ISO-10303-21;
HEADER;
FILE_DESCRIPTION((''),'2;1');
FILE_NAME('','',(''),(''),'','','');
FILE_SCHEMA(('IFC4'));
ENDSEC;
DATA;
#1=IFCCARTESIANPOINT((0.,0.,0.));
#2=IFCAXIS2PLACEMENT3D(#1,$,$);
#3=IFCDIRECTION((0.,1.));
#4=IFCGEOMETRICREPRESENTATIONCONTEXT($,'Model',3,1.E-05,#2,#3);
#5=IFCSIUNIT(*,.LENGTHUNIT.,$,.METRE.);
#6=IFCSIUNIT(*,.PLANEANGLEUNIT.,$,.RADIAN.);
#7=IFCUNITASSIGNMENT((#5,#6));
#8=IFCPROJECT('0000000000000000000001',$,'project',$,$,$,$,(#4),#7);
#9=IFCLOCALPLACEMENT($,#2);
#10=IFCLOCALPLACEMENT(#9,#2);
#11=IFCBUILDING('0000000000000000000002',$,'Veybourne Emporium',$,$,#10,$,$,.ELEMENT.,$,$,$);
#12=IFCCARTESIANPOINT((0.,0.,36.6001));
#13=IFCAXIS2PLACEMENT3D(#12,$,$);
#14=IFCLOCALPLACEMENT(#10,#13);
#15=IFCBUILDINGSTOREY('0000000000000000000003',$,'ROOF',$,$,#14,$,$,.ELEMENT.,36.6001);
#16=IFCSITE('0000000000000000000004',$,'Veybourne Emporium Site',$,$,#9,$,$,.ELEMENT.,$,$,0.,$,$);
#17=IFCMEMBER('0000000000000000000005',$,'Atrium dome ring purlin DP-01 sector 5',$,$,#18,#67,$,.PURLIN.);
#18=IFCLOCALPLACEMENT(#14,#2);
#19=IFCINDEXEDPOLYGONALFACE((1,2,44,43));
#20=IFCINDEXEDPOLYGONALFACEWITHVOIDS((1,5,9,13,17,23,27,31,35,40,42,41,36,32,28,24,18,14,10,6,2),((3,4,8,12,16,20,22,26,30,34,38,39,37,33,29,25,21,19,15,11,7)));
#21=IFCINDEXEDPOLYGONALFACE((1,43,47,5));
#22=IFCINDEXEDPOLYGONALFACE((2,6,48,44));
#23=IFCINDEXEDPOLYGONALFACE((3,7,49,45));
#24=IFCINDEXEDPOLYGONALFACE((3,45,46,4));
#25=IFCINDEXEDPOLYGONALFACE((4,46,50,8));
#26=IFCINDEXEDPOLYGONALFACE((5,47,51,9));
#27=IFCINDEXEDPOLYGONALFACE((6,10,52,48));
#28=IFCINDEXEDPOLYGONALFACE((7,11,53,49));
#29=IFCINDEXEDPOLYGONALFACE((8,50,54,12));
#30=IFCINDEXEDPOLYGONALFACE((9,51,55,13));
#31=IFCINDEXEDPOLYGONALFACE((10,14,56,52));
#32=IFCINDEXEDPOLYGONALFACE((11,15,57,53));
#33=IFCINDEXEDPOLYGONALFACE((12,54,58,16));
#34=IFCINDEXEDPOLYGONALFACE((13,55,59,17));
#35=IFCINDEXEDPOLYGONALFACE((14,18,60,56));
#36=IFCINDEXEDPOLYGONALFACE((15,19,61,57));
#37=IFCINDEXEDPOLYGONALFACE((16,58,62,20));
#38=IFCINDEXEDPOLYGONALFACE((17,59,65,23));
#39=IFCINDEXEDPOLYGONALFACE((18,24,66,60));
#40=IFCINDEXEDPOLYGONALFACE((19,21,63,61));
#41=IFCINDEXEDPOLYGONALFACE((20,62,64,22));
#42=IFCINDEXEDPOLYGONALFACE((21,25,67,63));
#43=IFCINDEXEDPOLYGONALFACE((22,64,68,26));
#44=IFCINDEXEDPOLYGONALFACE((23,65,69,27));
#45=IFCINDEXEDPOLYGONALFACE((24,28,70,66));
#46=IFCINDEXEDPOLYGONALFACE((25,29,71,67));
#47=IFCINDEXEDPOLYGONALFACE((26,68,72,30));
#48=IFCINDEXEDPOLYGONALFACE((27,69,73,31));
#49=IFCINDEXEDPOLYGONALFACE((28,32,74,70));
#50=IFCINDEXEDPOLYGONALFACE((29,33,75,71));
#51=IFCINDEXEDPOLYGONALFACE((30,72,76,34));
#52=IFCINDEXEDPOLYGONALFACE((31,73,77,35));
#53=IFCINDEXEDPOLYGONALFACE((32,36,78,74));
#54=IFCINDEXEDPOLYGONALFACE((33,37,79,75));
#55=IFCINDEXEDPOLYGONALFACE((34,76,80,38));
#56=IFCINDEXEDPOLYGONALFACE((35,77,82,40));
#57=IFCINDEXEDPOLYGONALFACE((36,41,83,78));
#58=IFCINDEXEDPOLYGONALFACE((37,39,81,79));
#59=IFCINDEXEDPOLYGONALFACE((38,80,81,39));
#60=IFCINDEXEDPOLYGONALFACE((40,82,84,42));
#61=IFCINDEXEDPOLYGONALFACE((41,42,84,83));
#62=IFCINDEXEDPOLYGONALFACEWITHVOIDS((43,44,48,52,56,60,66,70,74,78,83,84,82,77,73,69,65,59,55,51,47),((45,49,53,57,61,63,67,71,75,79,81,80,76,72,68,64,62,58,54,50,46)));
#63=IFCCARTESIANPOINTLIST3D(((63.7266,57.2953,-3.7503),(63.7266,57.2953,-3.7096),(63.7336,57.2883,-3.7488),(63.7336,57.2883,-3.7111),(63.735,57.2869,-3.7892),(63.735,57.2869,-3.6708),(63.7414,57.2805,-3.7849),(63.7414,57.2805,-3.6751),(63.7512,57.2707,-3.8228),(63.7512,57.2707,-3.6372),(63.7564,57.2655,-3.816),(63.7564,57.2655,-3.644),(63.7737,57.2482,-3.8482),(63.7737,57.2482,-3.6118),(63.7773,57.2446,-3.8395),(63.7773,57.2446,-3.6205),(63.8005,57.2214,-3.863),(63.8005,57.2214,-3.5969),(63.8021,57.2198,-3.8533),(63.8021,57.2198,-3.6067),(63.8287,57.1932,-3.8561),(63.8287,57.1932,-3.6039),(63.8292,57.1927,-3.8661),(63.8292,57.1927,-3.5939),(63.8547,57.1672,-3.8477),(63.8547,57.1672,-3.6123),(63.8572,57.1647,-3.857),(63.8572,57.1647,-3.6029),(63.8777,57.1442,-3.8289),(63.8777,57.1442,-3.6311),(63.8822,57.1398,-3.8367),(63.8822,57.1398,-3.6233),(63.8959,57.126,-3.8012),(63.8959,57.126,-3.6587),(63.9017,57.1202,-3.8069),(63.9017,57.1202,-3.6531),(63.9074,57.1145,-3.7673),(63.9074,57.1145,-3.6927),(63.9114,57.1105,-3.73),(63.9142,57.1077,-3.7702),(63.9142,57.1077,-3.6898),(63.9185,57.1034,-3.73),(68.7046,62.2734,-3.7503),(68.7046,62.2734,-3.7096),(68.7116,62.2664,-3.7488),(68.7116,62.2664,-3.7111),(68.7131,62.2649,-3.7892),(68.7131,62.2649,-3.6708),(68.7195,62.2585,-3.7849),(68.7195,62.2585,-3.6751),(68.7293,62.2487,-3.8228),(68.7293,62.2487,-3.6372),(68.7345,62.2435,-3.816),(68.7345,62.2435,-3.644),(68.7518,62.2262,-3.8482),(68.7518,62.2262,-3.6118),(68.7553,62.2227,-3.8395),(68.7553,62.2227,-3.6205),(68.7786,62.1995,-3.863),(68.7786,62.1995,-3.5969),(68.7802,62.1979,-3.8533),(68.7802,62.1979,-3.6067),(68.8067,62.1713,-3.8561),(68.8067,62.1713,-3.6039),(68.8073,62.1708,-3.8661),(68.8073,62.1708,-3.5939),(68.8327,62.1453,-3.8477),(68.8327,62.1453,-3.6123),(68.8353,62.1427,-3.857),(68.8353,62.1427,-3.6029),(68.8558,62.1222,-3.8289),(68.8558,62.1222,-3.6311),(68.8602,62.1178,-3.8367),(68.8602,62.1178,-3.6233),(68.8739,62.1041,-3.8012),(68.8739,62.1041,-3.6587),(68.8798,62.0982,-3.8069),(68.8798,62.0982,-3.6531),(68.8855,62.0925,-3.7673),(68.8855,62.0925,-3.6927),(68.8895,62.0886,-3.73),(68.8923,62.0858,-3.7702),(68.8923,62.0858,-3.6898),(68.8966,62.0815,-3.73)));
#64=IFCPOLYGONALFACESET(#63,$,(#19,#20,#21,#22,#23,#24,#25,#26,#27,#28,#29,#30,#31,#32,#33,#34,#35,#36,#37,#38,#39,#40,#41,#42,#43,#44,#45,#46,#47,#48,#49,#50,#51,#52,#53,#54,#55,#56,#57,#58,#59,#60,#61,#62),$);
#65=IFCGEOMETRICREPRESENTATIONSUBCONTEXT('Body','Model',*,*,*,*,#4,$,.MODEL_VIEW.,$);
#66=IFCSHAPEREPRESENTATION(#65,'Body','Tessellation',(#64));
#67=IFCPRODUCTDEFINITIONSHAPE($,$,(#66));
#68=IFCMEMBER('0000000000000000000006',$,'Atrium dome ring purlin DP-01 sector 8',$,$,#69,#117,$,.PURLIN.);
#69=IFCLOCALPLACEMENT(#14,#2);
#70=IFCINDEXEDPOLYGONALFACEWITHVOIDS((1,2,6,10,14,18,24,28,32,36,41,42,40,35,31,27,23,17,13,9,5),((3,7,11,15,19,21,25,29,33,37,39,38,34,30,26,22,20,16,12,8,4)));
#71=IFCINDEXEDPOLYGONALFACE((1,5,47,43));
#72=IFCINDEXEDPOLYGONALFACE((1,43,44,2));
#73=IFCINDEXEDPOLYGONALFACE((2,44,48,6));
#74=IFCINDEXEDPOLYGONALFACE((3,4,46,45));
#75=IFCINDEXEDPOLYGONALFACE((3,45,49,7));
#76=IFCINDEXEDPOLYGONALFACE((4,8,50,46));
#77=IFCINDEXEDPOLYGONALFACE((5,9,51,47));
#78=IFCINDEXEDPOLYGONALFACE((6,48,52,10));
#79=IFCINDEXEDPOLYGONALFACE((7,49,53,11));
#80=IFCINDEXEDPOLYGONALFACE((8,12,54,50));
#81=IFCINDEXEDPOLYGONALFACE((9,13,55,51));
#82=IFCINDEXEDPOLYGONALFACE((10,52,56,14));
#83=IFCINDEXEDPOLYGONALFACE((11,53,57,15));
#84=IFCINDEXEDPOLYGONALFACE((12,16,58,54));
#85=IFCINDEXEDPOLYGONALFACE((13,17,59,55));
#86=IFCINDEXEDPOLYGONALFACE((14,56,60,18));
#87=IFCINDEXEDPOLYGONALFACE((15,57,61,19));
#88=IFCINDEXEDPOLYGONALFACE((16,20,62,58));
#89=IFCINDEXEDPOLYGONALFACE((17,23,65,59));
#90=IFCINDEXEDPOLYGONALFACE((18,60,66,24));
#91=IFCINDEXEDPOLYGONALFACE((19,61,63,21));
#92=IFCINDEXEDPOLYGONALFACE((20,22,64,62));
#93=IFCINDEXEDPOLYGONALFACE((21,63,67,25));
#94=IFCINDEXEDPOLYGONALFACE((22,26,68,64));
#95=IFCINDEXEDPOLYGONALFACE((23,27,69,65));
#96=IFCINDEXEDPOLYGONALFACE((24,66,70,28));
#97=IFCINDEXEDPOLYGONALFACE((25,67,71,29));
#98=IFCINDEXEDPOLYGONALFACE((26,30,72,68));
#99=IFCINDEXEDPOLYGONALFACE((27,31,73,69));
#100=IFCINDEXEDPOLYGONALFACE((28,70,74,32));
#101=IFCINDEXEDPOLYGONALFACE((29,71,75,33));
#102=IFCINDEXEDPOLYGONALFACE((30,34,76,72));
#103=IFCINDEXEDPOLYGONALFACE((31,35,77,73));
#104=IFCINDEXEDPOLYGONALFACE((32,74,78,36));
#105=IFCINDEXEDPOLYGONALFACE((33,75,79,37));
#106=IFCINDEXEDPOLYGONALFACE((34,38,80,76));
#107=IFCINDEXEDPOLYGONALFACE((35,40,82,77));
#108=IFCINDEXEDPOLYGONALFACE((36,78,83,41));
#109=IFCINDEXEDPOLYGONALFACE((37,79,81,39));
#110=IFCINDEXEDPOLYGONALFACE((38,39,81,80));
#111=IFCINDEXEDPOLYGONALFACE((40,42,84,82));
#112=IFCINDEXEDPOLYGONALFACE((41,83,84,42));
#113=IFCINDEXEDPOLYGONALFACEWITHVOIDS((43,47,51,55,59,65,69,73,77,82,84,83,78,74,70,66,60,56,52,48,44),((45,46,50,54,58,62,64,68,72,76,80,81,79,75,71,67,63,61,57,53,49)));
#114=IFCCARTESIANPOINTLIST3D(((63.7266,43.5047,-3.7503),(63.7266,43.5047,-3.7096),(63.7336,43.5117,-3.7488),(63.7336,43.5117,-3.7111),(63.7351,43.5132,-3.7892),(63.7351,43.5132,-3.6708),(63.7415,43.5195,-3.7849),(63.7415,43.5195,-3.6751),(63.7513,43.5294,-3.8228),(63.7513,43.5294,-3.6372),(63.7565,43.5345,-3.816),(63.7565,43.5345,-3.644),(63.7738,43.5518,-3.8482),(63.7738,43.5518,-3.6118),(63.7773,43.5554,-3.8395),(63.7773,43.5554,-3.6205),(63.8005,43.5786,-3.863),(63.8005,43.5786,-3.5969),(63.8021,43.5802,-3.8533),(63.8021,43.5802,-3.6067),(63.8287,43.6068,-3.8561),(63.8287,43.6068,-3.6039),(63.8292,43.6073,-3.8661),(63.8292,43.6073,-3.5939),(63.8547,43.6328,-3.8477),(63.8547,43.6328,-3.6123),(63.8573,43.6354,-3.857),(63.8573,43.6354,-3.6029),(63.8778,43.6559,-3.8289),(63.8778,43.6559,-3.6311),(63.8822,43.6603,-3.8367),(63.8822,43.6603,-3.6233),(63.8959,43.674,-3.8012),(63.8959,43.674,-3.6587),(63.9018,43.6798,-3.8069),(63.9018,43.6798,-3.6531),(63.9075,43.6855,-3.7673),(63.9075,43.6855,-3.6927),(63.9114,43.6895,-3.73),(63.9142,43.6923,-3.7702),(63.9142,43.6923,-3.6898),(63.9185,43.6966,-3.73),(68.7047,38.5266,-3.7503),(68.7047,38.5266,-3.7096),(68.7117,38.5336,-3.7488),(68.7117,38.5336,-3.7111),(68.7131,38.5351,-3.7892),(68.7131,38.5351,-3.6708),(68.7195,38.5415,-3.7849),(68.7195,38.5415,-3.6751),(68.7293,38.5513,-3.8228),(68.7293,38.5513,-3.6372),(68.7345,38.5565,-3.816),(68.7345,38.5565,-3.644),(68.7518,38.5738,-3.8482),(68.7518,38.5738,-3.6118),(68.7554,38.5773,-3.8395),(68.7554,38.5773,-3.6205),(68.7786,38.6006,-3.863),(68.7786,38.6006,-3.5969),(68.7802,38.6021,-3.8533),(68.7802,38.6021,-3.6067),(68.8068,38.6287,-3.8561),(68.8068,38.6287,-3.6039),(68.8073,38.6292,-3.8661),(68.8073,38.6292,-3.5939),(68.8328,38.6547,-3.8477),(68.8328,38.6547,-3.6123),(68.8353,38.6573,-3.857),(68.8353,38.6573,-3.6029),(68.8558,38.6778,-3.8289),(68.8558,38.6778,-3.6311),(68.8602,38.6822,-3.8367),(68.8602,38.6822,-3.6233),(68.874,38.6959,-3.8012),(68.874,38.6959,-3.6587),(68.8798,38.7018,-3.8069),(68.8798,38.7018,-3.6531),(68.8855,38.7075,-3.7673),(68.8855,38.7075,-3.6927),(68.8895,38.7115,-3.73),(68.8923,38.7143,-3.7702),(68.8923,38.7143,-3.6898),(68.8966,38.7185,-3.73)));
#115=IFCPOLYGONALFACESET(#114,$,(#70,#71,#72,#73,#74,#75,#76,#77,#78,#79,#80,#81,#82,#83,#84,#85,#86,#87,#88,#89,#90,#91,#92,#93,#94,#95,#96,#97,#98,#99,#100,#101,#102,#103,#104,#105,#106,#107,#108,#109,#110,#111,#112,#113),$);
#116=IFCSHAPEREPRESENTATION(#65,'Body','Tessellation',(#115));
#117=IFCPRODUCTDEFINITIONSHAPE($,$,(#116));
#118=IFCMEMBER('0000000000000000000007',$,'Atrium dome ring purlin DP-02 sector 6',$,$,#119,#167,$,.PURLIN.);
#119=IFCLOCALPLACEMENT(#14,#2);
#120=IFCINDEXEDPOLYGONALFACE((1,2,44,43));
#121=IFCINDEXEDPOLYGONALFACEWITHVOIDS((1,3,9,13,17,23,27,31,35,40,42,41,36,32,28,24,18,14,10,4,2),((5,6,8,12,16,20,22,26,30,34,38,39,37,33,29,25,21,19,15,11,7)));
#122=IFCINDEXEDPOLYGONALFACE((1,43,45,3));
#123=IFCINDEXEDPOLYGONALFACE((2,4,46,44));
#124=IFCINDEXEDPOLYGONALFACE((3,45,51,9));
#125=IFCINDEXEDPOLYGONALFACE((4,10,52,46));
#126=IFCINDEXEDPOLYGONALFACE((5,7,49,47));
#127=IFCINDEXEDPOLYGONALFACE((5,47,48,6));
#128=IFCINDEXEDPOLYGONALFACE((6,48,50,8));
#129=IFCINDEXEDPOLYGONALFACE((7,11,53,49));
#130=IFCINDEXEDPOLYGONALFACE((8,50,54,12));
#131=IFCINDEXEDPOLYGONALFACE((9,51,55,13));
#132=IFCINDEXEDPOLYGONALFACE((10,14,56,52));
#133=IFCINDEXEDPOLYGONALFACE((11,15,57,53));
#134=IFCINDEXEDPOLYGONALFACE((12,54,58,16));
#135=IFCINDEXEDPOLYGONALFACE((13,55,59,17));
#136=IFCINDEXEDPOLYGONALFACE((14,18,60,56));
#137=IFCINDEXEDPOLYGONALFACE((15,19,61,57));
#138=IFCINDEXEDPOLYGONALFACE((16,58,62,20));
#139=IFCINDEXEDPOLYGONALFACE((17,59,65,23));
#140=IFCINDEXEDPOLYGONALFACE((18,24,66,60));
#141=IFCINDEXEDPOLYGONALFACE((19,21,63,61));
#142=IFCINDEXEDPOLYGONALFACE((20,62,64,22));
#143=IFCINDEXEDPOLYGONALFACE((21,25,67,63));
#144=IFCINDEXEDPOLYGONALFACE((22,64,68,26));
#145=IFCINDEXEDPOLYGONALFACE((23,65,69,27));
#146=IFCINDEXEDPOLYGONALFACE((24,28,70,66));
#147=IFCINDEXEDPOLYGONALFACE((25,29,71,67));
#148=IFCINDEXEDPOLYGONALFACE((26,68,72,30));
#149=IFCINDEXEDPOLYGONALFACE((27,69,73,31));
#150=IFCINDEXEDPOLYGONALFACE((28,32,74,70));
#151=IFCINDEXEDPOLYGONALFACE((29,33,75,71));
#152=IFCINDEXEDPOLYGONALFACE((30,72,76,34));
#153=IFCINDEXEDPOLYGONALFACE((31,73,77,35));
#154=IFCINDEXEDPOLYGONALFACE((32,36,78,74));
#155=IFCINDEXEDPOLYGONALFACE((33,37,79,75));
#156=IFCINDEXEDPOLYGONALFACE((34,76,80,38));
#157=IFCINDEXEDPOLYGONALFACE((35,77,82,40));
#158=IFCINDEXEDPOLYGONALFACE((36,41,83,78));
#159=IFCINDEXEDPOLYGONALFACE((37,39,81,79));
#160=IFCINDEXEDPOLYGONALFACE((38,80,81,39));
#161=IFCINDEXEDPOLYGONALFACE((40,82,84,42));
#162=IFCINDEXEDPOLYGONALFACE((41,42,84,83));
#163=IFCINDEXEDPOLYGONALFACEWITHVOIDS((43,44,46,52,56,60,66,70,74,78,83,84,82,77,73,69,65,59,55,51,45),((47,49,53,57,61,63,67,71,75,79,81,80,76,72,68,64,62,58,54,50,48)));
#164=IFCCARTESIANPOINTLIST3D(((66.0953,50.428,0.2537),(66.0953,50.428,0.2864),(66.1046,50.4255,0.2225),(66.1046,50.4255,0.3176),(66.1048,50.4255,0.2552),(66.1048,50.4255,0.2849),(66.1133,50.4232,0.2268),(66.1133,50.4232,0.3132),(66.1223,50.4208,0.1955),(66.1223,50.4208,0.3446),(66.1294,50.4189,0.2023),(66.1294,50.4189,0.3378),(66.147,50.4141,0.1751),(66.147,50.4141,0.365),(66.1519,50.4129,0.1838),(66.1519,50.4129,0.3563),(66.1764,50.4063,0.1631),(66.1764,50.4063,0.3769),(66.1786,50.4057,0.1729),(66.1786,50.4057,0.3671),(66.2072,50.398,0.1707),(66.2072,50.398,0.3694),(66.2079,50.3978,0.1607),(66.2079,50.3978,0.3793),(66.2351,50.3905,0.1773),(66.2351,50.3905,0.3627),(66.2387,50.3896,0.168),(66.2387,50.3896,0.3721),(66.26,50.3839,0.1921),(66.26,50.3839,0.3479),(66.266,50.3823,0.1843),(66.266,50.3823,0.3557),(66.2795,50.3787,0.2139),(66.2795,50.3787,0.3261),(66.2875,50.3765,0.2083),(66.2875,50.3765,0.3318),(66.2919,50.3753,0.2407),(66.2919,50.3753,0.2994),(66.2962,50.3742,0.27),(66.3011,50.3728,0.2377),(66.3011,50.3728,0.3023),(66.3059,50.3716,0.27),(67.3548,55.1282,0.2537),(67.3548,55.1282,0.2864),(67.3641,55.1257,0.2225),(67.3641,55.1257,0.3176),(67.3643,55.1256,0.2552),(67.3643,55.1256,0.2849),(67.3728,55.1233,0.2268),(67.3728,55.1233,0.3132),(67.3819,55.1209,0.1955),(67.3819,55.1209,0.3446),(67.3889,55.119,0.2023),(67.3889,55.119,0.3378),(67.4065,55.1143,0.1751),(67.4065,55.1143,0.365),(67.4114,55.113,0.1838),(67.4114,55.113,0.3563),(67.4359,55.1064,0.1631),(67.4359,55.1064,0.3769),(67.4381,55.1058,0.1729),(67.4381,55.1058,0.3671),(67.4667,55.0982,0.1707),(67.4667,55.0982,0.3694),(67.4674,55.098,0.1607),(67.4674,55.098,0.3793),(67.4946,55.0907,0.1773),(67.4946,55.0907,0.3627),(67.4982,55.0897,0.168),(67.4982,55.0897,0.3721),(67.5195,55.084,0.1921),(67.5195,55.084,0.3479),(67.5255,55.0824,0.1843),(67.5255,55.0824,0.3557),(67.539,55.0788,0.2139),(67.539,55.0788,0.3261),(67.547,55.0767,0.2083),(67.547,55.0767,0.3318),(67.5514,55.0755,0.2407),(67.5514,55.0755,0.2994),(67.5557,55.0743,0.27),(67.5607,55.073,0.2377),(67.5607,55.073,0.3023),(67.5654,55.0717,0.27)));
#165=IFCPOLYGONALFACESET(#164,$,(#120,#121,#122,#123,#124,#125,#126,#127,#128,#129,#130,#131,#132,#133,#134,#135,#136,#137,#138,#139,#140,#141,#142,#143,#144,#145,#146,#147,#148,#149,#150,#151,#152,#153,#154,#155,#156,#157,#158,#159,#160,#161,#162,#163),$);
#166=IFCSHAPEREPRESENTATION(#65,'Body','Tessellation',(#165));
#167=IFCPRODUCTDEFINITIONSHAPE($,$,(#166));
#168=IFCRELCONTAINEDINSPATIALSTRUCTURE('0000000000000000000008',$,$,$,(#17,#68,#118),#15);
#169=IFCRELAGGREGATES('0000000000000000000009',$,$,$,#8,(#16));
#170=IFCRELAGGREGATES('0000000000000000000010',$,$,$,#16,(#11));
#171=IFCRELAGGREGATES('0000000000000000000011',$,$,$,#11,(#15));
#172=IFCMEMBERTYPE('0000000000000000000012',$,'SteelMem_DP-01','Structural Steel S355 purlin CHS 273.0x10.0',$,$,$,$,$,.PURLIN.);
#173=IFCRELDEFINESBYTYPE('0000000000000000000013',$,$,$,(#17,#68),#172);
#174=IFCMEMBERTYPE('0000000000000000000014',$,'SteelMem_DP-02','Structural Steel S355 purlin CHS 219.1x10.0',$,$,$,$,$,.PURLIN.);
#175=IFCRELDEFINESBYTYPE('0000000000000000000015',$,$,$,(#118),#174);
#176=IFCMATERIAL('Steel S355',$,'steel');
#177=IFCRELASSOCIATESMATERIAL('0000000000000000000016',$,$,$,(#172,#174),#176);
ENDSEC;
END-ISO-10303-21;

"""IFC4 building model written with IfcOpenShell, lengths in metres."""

from ifc_helpers import new_model, si_unit, direction, frame, origin, origin_2d, place, context, subcontext, project, spatial, hollow_circle, extrude, material, material_profile, profile_set, type_object, element, save


model = new_model("IFC4")

# Units and contexts
model_context = context("Model", 3, precision=1e-05, world=origin(), true_north=direction((0.0, 1.0)))
body_context = subcontext(model_context, "Body", "Model", "MODEL_VIEW")
ifc_project = project(units=[si_unit("LENGTHUNIT", "METRE"), si_unit("PLANEANGLEUNIT", "RADIAN")], contexts=[model_context])

# Site, building, storey
site_placement = place(None, origin())
site = spatial("IfcSite", under=ifc_project, at=site_placement, Name="Veybourne Emporium Site", CompositionType="ELEMENT", RefElevation=0.0)
building_placement = place(site_placement, origin())
building = spatial("IfcBuilding", under=site, at=building_placement, Name="Veybourne Emporium", CompositionType="ELEMENT")
storey_placement = place(building_placement, frame((0.0, 0.0, 36.6001)))
storey = spatial("IfcBuildingStorey", under=building, at=storey_placement, Name="ROOF", CompositionType="ELEMENT", Elevation=36.6001)

# Shared definitions
ifc_material_1 = material(Name="Steel S355", Category="steel")

# Members
ifc_material_profile_1 = material_profile(ifc_material_1, hollow_circle(Radius=0.1365, WallThickness=0.01, at=origin_2d()), Name="CHS 273.0x10.0")
ifc_profile_set_1 = profile_set([ifc_material_profile_1], Name="Steel S355")
member_type_1 = type_object("IfcMemberType", Name="SteelMem_DP-01", Description="Structural Steel S355 purlin CHS 273.0x10.0", PredefinedType="PURLIN", material=ifc_profile_set_1)
for number, where, z_axis, x_axis, name in (
    (1, (68.8, 62.178, -3.73), (-0.707107, -0.707107, 0.0), (0.707107, -0.707107, 0.0), "Atrium dome ring purlin DP-01 sector 5"),
    (2, (63.822, 43.6001, -3.73), (0.707107, -0.707107, 0.0), (0.707107, 0.707107, 0.0), "Atrium dome ring purlin DP-01 sector 8"),
):
    element("IfcMember", number, at=place(storey_placement, frame(where, z_axis=z_axis, x_axis=x_axis)), inside=storey, type_object=member_type_1, Name=name, PredefinedType="PURLIN", context=body_context, shape_type="SweptSolid", body=[
        extrude(hollow_circle(Radius=0.1365, WallThickness=0.01, at=origin_2d()), origin(), (0.0, 0.0, 1.0), 7.04),
    ])
ifc_material_profile_2 = material_profile(ifc_material_1, hollow_circle(Radius=0.1096, WallThickness=0.01, at=origin_2d()), Name="CHS 219.1x10.0")
ifc_profile_set_2 = profile_set([ifc_material_profile_2], Name="Steel S355")
member_type_2 = type_object("IfcMemberType", Name="SteelMem_DP-02", Description="Structural Steel S355 purlin CHS 219.1x10.0", PredefinedType="PURLIN", material=ifc_profile_set_2)
member_placement = place(storey_placement, frame((67.4595, 55.1001, 0.27), z_axis=(-0.25884, -0.96592, 0.0), x_axis=(0.96592, -0.25884, 0.0)))
element("IfcMember", 3, at=member_placement, inside=storey, type_object=member_type_2, Name="Atrium dome ring purlin DP-02 sector 6", PredefinedType="PURLIN", context=body_context, shape_type="SweptSolid", body=[
    extrude(hollow_circle(Radius=0.1096, WallThickness=0.01, at=origin_2d()), origin(), (0.0, 0.0, 1.0), 4.866),
])

save(model, "model.ifc")
